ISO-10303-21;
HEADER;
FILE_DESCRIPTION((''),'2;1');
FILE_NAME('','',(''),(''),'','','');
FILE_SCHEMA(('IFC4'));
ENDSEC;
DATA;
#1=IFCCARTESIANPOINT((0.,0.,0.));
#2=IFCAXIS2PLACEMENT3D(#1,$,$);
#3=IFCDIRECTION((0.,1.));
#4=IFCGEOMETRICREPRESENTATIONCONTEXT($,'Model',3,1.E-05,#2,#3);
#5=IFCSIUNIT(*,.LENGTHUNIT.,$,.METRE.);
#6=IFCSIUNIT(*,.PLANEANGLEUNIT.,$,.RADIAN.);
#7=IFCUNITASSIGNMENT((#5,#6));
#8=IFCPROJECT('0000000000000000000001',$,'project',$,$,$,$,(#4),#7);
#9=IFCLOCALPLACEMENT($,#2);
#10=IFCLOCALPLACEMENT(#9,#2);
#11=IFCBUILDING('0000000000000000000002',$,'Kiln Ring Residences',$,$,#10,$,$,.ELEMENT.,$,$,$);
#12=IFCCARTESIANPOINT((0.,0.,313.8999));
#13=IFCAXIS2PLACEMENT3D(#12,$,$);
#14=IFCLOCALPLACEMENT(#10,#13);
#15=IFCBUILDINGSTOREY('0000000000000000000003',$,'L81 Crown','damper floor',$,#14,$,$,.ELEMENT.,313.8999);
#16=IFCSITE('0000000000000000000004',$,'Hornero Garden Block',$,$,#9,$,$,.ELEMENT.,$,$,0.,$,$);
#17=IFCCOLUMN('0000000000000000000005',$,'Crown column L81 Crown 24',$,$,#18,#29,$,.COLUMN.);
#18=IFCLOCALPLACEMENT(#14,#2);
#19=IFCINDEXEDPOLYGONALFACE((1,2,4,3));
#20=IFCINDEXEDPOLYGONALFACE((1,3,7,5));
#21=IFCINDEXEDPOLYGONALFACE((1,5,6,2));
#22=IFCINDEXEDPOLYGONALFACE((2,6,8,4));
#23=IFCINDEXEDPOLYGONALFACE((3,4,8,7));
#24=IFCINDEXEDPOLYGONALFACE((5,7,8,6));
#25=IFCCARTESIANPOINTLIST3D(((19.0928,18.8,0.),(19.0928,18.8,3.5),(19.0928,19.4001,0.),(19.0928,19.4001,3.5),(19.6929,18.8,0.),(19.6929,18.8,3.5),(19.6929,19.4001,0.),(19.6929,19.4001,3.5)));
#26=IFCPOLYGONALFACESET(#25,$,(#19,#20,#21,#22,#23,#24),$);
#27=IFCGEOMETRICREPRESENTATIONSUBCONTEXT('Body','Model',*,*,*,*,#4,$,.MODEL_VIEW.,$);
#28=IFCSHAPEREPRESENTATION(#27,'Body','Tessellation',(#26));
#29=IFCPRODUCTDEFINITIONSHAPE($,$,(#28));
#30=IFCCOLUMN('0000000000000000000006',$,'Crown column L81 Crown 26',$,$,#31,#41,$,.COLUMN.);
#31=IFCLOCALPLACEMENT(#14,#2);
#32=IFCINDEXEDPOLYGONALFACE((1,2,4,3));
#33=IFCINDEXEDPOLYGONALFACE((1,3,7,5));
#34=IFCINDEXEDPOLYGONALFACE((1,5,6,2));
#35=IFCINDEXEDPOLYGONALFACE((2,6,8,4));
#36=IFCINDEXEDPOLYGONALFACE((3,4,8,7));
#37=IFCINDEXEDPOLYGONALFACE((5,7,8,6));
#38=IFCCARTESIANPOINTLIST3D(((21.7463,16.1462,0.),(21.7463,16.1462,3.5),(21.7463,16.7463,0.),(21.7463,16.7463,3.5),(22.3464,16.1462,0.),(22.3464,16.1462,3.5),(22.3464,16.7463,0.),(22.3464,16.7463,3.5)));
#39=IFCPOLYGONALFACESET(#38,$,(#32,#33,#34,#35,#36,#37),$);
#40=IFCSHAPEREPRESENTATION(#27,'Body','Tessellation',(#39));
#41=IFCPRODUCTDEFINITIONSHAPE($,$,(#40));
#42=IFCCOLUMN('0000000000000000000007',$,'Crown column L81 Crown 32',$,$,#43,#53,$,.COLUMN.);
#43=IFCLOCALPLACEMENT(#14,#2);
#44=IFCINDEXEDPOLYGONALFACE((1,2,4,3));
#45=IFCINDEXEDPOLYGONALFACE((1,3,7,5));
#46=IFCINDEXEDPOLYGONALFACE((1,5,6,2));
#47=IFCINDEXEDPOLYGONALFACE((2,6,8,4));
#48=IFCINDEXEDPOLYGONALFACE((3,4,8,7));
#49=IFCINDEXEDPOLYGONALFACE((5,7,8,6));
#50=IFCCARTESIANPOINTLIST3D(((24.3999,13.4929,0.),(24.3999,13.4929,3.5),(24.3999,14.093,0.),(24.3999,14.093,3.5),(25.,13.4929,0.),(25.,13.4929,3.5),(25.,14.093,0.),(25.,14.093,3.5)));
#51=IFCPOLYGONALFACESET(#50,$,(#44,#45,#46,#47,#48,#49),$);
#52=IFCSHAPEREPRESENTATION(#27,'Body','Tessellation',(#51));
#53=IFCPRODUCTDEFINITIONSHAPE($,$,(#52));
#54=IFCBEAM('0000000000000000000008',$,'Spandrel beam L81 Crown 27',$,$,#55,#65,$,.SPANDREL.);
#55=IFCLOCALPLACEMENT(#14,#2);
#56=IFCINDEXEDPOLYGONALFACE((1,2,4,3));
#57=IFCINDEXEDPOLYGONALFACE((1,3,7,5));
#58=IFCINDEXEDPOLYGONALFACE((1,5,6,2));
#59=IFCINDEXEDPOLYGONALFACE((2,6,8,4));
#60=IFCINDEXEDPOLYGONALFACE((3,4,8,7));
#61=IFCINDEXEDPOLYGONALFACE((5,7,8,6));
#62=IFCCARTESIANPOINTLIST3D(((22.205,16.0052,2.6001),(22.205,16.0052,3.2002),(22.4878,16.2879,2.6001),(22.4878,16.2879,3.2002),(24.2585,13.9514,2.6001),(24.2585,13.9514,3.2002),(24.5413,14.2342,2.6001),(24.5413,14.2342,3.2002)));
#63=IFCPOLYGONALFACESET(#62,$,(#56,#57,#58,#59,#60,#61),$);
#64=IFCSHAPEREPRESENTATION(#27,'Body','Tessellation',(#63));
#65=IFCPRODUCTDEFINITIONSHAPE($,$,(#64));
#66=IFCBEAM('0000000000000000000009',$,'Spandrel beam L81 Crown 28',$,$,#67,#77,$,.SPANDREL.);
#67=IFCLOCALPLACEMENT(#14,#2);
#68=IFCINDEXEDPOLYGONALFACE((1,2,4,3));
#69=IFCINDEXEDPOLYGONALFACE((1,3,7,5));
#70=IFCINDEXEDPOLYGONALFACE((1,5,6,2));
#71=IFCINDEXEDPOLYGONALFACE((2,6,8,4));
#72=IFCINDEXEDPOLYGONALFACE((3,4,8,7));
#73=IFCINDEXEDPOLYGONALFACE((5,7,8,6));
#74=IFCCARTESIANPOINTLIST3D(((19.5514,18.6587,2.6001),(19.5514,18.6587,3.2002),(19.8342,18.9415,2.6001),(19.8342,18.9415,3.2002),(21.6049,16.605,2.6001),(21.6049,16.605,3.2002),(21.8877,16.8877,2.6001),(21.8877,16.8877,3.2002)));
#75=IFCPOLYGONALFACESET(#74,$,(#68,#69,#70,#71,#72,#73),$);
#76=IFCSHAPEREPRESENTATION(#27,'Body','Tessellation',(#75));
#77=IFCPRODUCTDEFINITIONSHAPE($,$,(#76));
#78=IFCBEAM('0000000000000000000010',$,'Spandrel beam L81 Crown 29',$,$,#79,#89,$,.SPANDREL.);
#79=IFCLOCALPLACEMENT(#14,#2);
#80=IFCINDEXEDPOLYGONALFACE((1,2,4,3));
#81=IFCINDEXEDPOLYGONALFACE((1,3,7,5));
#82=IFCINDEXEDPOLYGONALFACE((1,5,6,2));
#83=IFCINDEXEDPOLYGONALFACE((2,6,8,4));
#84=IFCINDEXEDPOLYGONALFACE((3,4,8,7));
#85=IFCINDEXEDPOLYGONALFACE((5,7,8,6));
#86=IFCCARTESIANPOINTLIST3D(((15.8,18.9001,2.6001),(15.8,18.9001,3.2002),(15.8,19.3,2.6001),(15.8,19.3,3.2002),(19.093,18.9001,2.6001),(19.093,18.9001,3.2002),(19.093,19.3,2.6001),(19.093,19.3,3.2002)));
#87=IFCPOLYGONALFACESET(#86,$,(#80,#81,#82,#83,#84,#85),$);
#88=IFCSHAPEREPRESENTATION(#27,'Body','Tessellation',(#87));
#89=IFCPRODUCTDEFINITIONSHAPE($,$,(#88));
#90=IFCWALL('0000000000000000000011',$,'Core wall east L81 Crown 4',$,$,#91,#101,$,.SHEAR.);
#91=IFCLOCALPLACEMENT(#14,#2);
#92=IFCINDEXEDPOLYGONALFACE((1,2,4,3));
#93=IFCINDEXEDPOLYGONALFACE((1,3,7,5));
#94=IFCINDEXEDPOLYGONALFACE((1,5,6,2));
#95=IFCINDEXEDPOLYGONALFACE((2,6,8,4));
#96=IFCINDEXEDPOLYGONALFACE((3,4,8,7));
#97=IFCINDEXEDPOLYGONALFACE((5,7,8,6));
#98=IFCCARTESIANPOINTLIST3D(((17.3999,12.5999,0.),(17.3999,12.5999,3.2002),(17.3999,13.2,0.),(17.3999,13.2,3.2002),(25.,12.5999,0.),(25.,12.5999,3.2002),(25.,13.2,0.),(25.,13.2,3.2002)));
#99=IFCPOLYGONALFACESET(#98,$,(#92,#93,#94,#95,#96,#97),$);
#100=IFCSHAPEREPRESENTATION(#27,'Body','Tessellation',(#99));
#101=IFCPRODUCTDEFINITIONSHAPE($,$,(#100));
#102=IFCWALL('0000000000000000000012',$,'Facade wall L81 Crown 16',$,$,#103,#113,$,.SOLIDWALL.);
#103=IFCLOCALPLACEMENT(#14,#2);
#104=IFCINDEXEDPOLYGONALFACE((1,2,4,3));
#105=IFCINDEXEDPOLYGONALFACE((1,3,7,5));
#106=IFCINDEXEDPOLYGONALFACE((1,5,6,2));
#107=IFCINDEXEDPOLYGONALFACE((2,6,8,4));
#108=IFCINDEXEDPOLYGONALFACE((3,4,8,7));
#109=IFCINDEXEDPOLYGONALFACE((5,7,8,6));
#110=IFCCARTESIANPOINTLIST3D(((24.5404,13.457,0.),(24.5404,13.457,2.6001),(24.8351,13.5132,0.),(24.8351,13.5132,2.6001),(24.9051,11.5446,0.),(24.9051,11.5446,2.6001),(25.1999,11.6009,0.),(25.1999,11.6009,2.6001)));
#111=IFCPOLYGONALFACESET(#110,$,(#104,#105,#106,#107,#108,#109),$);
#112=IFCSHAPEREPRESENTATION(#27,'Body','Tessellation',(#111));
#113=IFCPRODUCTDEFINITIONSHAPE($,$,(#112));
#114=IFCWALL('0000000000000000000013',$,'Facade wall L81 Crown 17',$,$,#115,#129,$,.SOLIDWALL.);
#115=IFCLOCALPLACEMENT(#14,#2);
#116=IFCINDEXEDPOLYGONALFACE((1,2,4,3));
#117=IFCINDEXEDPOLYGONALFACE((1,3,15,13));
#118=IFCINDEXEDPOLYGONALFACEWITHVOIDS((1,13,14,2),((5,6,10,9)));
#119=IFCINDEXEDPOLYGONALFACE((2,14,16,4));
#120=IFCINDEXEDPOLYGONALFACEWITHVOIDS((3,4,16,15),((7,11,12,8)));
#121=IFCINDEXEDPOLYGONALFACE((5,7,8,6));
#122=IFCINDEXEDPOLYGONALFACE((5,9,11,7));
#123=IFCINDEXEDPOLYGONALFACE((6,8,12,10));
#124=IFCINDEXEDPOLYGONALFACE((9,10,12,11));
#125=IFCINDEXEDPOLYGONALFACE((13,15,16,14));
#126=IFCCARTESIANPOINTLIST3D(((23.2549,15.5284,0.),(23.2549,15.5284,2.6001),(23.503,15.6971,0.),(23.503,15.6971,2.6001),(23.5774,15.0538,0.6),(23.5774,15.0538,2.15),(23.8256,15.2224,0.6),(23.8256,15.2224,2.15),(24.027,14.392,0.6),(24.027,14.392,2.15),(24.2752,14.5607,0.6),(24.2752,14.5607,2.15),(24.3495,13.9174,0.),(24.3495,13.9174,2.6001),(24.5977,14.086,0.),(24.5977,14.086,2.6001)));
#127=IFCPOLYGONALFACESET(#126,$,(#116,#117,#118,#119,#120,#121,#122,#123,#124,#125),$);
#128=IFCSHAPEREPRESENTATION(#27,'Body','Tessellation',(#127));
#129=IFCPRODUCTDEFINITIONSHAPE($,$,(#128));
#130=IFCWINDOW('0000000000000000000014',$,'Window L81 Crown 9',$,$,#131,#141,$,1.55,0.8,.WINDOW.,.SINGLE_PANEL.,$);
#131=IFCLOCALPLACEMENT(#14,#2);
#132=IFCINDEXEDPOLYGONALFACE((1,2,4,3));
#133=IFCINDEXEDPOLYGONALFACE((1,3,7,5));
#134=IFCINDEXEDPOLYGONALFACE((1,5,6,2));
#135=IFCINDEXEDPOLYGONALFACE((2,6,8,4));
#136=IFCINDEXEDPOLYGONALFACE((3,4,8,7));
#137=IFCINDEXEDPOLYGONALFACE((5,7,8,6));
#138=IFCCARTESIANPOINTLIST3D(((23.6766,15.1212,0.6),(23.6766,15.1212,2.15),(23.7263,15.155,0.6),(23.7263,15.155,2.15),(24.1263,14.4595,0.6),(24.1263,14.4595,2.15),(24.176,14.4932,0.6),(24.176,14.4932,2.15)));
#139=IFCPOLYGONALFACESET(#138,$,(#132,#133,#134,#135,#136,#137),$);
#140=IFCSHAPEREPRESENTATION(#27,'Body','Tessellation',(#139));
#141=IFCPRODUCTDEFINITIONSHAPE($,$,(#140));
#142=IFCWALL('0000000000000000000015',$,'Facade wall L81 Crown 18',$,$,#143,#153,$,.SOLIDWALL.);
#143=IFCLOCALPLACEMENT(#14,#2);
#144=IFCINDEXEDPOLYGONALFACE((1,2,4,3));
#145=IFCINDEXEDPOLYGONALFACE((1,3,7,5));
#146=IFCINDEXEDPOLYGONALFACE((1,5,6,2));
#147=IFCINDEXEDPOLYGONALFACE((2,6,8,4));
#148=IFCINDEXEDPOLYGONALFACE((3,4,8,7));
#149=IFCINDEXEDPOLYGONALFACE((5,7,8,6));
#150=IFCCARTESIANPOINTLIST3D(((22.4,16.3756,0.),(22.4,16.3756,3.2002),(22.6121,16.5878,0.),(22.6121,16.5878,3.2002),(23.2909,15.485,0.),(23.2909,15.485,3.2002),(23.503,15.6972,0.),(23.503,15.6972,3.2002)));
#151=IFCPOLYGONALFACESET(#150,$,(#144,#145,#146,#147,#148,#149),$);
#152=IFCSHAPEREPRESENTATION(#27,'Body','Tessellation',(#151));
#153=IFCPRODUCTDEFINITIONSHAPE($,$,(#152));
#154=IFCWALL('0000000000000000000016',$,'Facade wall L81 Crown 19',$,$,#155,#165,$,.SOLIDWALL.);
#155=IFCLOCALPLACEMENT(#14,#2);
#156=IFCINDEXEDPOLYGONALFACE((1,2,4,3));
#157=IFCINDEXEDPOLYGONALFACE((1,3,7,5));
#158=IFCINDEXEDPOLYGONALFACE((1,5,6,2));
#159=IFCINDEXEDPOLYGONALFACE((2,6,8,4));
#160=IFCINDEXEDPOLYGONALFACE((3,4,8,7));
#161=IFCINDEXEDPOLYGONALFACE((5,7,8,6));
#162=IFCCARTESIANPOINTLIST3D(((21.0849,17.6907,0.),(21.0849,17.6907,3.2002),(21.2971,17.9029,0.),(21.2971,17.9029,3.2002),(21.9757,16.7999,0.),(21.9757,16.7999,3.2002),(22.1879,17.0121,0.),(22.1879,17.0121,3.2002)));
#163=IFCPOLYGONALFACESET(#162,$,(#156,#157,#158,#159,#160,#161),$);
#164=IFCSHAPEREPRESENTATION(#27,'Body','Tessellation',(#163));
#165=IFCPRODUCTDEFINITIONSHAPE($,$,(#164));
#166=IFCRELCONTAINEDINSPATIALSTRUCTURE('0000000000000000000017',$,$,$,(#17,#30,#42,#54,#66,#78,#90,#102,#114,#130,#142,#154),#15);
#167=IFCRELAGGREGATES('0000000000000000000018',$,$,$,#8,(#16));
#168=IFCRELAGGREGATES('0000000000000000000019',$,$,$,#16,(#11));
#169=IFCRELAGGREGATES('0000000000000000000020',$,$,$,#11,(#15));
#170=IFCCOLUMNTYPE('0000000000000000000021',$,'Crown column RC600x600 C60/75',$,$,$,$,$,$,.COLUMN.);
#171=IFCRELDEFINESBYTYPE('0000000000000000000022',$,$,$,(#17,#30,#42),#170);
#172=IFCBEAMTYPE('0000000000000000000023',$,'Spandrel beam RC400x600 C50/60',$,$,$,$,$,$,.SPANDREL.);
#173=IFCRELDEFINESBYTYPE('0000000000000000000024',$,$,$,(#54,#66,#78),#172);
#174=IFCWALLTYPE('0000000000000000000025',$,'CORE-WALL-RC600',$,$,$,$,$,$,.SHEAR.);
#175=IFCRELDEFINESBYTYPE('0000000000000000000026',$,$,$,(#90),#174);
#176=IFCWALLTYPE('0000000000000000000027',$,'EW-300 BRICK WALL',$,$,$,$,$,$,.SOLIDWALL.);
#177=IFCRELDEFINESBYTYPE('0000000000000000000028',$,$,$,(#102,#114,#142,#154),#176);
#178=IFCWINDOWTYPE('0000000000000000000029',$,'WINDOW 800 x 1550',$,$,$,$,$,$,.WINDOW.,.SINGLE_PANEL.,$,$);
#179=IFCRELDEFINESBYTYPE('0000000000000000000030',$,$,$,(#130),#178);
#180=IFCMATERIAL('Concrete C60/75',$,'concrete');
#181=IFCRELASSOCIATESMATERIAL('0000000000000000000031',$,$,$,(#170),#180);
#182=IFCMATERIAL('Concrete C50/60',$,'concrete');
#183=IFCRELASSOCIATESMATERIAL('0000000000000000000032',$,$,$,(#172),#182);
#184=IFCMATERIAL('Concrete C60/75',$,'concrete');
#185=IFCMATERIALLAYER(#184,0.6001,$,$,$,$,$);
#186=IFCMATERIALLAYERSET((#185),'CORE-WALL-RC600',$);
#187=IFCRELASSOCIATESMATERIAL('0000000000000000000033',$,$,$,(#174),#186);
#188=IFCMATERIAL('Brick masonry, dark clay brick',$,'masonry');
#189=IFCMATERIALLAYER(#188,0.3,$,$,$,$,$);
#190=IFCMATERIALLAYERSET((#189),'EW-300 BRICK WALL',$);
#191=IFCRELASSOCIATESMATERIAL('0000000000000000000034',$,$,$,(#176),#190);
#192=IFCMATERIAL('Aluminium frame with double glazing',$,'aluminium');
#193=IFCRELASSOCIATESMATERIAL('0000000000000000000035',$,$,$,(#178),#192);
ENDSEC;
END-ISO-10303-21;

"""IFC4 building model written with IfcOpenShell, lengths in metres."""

from ifc_helpers import new_model, si_unit, direction, frame, frame_2d, origin, origin_2d, place, context, subcontext, project, spatial, rectangle, extrude, material, layer, layer_set, material_profile, profile_set, type_object, element, fill, save


model = new_model("IFC4")

# Units and contexts
model_context = context("Model", 3, precision=1e-05, world=origin(), true_north=direction((0.0, 1.0)))
body_context = subcontext(model_context, "Body", "Model", "MODEL_VIEW")
ifc_project = project(units=[si_unit("LENGTHUNIT", "METRE"), si_unit("PLANEANGLEUNIT", "RADIAN")], contexts=[model_context])

# Site, building, storey
site_placement = place(None, origin())
site = spatial("IfcSite", under=ifc_project, at=site_placement, Name="Hornero Garden Block", CompositionType="ELEMENT", RefElevation=0.0)
building_placement = place(site_placement, origin())
building = spatial("IfcBuilding", under=site, at=building_placement, Name="Kiln Ring Residences", CompositionType="ELEMENT")
storey_placement = place(building_placement, frame((0.0, 0.0, 313.8999)))
storey = spatial("IfcBuildingStorey", under=building, at=storey_placement, Name="L81 Crown", Description="damper floor", CompositionType="ELEMENT", Elevation=313.8999)

# Columns
ifc_material_1 = material(Name="Concrete C60/75", Category="concrete")
ifc_material_profile_1 = material_profile(ifc_material_1, rectangle(XDim=0.6001, YDim=0.6001, at=origin_2d()), Name="RC600x600")
ifc_profile_set_1 = profile_set([ifc_material_profile_1], Name="Concrete C60/75")
column_type = type_object("IfcColumnType", Name="Crown column RC600x600 C60/75", PredefinedType="COLUMN", material=ifc_profile_set_1)
for number, where, z_axis, x_axis, name in (
    (1, (19.3928, 19.1001, 0.0), (0.0, 0.0, 1.0), (1.0, 0.0, 0.0), "Crown column L81 Crown 24"),
    (2, (22.0464, 16.4463, 0.0), (0.0, 0.0, 1.0), (1.0, 0.0, 0.0), "Crown column L81 Crown 26"),
    (3, (24.7, 13.793, 0.0), (0.0, 0.0, 1.0), (1.0, 0.0, 0.0), "Crown column L81 Crown 32"),
):
    element("IfcColumn", number, at=place(storey_placement, frame(where, z_axis=z_axis, x_axis=x_axis)), inside=storey, type_object=column_type, Name=name, PredefinedType="COLUMN", context=body_context, shape_type="SweptSolid", body=[
        extrude(rectangle(XDim=0.6001, YDim=0.6001, at=origin_2d()), origin(), (0.0, 0.0, 1.0), 3.5),
    ])

# Beams
ifc_material_2 = material(Name="Concrete C50/60", Category="concrete")
ifc_material_profile_2 = material_profile(ifc_material_2, rectangle(XDim=0.3999, YDim=0.6001, at=origin_2d()), Name="RC400x600")
ifc_profile_set_2 = profile_set([ifc_material_profile_2], Name="Concrete C50/60")
beam_type = type_object("IfcBeamType", Name="Spandrel beam RC400x600 C50/60", PredefinedType="SPANDREL", material=ifc_profile_set_2)
for number, where, z_axis, x_axis, name in (
    (4, (24.3999, 14.0928, 2.9001), (-0.707065, 0.707149, 0.0), (-0.707149, -0.707065, 0.0), "Spandrel beam L81 Crown 27"),
    (5, (21.7463, 16.7463, 2.9001), (-0.707065, 0.707149, 0.0), (-0.707149, -0.707065, 0.0), "Spandrel beam L81 Crown 28"),
):
    element("IfcBeam", number, at=place(storey_placement, frame(where, z_axis=z_axis, x_axis=x_axis)), inside=storey, type_object=beam_type, Name=name, PredefinedType="SPANDREL", context=body_context, shape_type="SweptSolid", body=[
        extrude(rectangle(XDim=0.3999, YDim=0.6001, at=origin_2d()), origin(), (0.0, 0.0, 1.0), 2.9043),
    ])
beam_placement = place(storey_placement, frame((19.093, 19.1001, 2.9001), z_axis=(-1.0, 0.0, 0.0), x_axis=(0.0, -1.0, 0.0)))
element("IfcBeam", 6, at=beam_placement, inside=storey, type_object=beam_type, Name="Spandrel beam L81 Crown 29", PredefinedType="SPANDREL", context=body_context, shape_type="SweptSolid", body=[
    extrude(rectangle(XDim=0.3999, YDim=0.6001, at=origin_2d()), origin(), (0.0, 0.0, 1.0), 3.293),
])

# Walls
ifc_material_3 = material(Name="Concrete C60/75", Category="concrete")
ifc_layer_1 = layer(ifc_material_3, 0.6001)
ifc_layer_set_1 = layer_set([ifc_layer_1], Name="CORE-WALL-RC600")
wall_type_1 = type_object("IfcWallType", Name="CORE-WALL-RC600", PredefinedType="SHEAR", material=ifc_layer_set_1)
wall_1_placement = place(storey_placement, frame((17.3999, 12.8999, 0.0), z_axis=(0.0, 0.0, 1.0), x_axis=(1.0, 0.0, 0.0)))
element("IfcWall", 7, at=wall_1_placement, inside=storey, type_object=wall_type_1, Name="Core wall east L81 Crown 4", PredefinedType="SHEAR", context=body_context, shape_type="SweptSolid", body=[
    extrude(rectangle(XDim=7.6001, YDim=0.6001, at=frame_2d((3.8, 0.0))), origin(), (0.0, 0.0, 1.0), 3.2002),
])
ifc_material_4 = material(Name="Brick masonry, dark clay brick", Category="masonry")
ifc_layer_2 = layer(ifc_material_4, 0.3)
ifc_layer_set_2 = layer_set([ifc_layer_2], Name="EW-300 BRICK WALL")
wall_type_2 = type_object("IfcWallType", Name="EW-300 BRICK WALL", PredefinedType="SOLIDWALL", material=ifc_layer_set_2)
wall_2_placement = place(storey_placement, frame((25.0525, 11.5728, 0.0), z_axis=(0.0, 0.0, 1.0), x_axis=(-0.187354, 0.982292, 0.0)))
element("IfcWall", 8, at=wall_2_placement, inside=storey, type_object=wall_type_2, Name="Facade wall L81 Crown 16", PredefinedType="SOLIDWALL", context=body_context, shape_type="SweptSolid", body=[
    extrude(rectangle(XDim=1.9468, YDim=0.3, at=frame_2d((0.9734, 0.0))), origin(), (0.0, 0.0, 1.0), 2.6001),
])

# Wall, opening, window
wall_3_placement = place(storey_placement, frame((24.4736, 14.0017, 0.0), z_axis=(0.0, 0.0, 1.0), x_axis=(-0.562025, 0.82712, 0.0)))
wall_3 = element("IfcWall", 9, at=wall_3_placement, inside=storey, type_object=wall_type_2, Name="Facade wall L81 Crown 17", PredefinedType="SOLIDWALL", context=body_context, shape_type="SweptSolid", body=[
    extrude(rectangle(XDim=1.9478, YDim=0.3, at=frame_2d((0.9739, 0.0))), origin(), (0.0, 0.0, 1.0), 2.6001),
])
opening_1_placement = place(wall_3_placement, frame((0.574, 0.0, 0.6001)))
opening_1 = element("IfcOpeningElement", 10, at=opening_1_placement, cuts=wall_3, PredefinedType="OPENING", context=body_context, shape_type="SweptSolid", body=[
    extrude(rectangle(XDim=0.8, YDim=1.55, at=frame_2d((0.3999, 0.7749))), frame((0.0, 0.1599, 0.0), z_axis=(0.0, -1.0, 0.0), x_axis=(1.0, 0.0, 0.0)), (0.0, 0.0, 1.0), 0.3201),
])
ifc_material_5 = material(Name="Aluminium frame with double glazing", Category="aluminium")
window_type = type_object("IfcWindowType", Name="WINDOW 800 x 1550", PartitioningType="SINGLE_PANEL", PredefinedType="WINDOW", material=ifc_material_5)
window_1_placement = place(opening_1_placement, origin())
window_1 = element("IfcWindow", 11, at=window_1_placement, inside=storey, type_object=window_type, Name="Window L81 Crown 9", OverallHeight=1.55, OverallWidth=0.8, PartitioningType="SINGLE_PANEL", PredefinedType="WINDOW", context=body_context, shape_type="SweptSolid", body=[
    extrude(rectangle(XDim=0.8, YDim=1.55, at=frame_2d((0.3999, 0.7749))), frame((0.0, 0.03, 0.0), z_axis=(0.0, -1.0, 0.0), x_axis=(1.0, 0.0, 0.0)), (0.0, 0.0, 1.0), 0.0601),
])
fill(opening_1, window_1)

# Walls
for number, where, z_axis, x_axis, name in (
    (12, (23.397, 15.5911, 0.0), (0.0, 0.0, 1.0), (-0.707204, 0.70701, 0.0), "Facade wall L81 Crown 18"),
    (13, (22.0818, 16.906, 0.0), (0.0, 0.0, 1.0), (-0.707107, 0.707107, 0.0), "Facade wall L81 Crown 19"),
):
    element("IfcWall", number, at=place(storey_placement, frame(where, z_axis=z_axis, x_axis=x_axis)), inside=storey, type_object=wall_type_2, Name=name, PredefinedType="SOLIDWALL", context=body_context, shape_type="SweptSolid", body=[
        extrude(rectangle(XDim=1.2598, YDim=0.3, at=frame_2d((0.6299, 0.0))), origin(), (0.0, 0.0, 1.0), 3.2002),
    ])

save(model, "model.ifc")
